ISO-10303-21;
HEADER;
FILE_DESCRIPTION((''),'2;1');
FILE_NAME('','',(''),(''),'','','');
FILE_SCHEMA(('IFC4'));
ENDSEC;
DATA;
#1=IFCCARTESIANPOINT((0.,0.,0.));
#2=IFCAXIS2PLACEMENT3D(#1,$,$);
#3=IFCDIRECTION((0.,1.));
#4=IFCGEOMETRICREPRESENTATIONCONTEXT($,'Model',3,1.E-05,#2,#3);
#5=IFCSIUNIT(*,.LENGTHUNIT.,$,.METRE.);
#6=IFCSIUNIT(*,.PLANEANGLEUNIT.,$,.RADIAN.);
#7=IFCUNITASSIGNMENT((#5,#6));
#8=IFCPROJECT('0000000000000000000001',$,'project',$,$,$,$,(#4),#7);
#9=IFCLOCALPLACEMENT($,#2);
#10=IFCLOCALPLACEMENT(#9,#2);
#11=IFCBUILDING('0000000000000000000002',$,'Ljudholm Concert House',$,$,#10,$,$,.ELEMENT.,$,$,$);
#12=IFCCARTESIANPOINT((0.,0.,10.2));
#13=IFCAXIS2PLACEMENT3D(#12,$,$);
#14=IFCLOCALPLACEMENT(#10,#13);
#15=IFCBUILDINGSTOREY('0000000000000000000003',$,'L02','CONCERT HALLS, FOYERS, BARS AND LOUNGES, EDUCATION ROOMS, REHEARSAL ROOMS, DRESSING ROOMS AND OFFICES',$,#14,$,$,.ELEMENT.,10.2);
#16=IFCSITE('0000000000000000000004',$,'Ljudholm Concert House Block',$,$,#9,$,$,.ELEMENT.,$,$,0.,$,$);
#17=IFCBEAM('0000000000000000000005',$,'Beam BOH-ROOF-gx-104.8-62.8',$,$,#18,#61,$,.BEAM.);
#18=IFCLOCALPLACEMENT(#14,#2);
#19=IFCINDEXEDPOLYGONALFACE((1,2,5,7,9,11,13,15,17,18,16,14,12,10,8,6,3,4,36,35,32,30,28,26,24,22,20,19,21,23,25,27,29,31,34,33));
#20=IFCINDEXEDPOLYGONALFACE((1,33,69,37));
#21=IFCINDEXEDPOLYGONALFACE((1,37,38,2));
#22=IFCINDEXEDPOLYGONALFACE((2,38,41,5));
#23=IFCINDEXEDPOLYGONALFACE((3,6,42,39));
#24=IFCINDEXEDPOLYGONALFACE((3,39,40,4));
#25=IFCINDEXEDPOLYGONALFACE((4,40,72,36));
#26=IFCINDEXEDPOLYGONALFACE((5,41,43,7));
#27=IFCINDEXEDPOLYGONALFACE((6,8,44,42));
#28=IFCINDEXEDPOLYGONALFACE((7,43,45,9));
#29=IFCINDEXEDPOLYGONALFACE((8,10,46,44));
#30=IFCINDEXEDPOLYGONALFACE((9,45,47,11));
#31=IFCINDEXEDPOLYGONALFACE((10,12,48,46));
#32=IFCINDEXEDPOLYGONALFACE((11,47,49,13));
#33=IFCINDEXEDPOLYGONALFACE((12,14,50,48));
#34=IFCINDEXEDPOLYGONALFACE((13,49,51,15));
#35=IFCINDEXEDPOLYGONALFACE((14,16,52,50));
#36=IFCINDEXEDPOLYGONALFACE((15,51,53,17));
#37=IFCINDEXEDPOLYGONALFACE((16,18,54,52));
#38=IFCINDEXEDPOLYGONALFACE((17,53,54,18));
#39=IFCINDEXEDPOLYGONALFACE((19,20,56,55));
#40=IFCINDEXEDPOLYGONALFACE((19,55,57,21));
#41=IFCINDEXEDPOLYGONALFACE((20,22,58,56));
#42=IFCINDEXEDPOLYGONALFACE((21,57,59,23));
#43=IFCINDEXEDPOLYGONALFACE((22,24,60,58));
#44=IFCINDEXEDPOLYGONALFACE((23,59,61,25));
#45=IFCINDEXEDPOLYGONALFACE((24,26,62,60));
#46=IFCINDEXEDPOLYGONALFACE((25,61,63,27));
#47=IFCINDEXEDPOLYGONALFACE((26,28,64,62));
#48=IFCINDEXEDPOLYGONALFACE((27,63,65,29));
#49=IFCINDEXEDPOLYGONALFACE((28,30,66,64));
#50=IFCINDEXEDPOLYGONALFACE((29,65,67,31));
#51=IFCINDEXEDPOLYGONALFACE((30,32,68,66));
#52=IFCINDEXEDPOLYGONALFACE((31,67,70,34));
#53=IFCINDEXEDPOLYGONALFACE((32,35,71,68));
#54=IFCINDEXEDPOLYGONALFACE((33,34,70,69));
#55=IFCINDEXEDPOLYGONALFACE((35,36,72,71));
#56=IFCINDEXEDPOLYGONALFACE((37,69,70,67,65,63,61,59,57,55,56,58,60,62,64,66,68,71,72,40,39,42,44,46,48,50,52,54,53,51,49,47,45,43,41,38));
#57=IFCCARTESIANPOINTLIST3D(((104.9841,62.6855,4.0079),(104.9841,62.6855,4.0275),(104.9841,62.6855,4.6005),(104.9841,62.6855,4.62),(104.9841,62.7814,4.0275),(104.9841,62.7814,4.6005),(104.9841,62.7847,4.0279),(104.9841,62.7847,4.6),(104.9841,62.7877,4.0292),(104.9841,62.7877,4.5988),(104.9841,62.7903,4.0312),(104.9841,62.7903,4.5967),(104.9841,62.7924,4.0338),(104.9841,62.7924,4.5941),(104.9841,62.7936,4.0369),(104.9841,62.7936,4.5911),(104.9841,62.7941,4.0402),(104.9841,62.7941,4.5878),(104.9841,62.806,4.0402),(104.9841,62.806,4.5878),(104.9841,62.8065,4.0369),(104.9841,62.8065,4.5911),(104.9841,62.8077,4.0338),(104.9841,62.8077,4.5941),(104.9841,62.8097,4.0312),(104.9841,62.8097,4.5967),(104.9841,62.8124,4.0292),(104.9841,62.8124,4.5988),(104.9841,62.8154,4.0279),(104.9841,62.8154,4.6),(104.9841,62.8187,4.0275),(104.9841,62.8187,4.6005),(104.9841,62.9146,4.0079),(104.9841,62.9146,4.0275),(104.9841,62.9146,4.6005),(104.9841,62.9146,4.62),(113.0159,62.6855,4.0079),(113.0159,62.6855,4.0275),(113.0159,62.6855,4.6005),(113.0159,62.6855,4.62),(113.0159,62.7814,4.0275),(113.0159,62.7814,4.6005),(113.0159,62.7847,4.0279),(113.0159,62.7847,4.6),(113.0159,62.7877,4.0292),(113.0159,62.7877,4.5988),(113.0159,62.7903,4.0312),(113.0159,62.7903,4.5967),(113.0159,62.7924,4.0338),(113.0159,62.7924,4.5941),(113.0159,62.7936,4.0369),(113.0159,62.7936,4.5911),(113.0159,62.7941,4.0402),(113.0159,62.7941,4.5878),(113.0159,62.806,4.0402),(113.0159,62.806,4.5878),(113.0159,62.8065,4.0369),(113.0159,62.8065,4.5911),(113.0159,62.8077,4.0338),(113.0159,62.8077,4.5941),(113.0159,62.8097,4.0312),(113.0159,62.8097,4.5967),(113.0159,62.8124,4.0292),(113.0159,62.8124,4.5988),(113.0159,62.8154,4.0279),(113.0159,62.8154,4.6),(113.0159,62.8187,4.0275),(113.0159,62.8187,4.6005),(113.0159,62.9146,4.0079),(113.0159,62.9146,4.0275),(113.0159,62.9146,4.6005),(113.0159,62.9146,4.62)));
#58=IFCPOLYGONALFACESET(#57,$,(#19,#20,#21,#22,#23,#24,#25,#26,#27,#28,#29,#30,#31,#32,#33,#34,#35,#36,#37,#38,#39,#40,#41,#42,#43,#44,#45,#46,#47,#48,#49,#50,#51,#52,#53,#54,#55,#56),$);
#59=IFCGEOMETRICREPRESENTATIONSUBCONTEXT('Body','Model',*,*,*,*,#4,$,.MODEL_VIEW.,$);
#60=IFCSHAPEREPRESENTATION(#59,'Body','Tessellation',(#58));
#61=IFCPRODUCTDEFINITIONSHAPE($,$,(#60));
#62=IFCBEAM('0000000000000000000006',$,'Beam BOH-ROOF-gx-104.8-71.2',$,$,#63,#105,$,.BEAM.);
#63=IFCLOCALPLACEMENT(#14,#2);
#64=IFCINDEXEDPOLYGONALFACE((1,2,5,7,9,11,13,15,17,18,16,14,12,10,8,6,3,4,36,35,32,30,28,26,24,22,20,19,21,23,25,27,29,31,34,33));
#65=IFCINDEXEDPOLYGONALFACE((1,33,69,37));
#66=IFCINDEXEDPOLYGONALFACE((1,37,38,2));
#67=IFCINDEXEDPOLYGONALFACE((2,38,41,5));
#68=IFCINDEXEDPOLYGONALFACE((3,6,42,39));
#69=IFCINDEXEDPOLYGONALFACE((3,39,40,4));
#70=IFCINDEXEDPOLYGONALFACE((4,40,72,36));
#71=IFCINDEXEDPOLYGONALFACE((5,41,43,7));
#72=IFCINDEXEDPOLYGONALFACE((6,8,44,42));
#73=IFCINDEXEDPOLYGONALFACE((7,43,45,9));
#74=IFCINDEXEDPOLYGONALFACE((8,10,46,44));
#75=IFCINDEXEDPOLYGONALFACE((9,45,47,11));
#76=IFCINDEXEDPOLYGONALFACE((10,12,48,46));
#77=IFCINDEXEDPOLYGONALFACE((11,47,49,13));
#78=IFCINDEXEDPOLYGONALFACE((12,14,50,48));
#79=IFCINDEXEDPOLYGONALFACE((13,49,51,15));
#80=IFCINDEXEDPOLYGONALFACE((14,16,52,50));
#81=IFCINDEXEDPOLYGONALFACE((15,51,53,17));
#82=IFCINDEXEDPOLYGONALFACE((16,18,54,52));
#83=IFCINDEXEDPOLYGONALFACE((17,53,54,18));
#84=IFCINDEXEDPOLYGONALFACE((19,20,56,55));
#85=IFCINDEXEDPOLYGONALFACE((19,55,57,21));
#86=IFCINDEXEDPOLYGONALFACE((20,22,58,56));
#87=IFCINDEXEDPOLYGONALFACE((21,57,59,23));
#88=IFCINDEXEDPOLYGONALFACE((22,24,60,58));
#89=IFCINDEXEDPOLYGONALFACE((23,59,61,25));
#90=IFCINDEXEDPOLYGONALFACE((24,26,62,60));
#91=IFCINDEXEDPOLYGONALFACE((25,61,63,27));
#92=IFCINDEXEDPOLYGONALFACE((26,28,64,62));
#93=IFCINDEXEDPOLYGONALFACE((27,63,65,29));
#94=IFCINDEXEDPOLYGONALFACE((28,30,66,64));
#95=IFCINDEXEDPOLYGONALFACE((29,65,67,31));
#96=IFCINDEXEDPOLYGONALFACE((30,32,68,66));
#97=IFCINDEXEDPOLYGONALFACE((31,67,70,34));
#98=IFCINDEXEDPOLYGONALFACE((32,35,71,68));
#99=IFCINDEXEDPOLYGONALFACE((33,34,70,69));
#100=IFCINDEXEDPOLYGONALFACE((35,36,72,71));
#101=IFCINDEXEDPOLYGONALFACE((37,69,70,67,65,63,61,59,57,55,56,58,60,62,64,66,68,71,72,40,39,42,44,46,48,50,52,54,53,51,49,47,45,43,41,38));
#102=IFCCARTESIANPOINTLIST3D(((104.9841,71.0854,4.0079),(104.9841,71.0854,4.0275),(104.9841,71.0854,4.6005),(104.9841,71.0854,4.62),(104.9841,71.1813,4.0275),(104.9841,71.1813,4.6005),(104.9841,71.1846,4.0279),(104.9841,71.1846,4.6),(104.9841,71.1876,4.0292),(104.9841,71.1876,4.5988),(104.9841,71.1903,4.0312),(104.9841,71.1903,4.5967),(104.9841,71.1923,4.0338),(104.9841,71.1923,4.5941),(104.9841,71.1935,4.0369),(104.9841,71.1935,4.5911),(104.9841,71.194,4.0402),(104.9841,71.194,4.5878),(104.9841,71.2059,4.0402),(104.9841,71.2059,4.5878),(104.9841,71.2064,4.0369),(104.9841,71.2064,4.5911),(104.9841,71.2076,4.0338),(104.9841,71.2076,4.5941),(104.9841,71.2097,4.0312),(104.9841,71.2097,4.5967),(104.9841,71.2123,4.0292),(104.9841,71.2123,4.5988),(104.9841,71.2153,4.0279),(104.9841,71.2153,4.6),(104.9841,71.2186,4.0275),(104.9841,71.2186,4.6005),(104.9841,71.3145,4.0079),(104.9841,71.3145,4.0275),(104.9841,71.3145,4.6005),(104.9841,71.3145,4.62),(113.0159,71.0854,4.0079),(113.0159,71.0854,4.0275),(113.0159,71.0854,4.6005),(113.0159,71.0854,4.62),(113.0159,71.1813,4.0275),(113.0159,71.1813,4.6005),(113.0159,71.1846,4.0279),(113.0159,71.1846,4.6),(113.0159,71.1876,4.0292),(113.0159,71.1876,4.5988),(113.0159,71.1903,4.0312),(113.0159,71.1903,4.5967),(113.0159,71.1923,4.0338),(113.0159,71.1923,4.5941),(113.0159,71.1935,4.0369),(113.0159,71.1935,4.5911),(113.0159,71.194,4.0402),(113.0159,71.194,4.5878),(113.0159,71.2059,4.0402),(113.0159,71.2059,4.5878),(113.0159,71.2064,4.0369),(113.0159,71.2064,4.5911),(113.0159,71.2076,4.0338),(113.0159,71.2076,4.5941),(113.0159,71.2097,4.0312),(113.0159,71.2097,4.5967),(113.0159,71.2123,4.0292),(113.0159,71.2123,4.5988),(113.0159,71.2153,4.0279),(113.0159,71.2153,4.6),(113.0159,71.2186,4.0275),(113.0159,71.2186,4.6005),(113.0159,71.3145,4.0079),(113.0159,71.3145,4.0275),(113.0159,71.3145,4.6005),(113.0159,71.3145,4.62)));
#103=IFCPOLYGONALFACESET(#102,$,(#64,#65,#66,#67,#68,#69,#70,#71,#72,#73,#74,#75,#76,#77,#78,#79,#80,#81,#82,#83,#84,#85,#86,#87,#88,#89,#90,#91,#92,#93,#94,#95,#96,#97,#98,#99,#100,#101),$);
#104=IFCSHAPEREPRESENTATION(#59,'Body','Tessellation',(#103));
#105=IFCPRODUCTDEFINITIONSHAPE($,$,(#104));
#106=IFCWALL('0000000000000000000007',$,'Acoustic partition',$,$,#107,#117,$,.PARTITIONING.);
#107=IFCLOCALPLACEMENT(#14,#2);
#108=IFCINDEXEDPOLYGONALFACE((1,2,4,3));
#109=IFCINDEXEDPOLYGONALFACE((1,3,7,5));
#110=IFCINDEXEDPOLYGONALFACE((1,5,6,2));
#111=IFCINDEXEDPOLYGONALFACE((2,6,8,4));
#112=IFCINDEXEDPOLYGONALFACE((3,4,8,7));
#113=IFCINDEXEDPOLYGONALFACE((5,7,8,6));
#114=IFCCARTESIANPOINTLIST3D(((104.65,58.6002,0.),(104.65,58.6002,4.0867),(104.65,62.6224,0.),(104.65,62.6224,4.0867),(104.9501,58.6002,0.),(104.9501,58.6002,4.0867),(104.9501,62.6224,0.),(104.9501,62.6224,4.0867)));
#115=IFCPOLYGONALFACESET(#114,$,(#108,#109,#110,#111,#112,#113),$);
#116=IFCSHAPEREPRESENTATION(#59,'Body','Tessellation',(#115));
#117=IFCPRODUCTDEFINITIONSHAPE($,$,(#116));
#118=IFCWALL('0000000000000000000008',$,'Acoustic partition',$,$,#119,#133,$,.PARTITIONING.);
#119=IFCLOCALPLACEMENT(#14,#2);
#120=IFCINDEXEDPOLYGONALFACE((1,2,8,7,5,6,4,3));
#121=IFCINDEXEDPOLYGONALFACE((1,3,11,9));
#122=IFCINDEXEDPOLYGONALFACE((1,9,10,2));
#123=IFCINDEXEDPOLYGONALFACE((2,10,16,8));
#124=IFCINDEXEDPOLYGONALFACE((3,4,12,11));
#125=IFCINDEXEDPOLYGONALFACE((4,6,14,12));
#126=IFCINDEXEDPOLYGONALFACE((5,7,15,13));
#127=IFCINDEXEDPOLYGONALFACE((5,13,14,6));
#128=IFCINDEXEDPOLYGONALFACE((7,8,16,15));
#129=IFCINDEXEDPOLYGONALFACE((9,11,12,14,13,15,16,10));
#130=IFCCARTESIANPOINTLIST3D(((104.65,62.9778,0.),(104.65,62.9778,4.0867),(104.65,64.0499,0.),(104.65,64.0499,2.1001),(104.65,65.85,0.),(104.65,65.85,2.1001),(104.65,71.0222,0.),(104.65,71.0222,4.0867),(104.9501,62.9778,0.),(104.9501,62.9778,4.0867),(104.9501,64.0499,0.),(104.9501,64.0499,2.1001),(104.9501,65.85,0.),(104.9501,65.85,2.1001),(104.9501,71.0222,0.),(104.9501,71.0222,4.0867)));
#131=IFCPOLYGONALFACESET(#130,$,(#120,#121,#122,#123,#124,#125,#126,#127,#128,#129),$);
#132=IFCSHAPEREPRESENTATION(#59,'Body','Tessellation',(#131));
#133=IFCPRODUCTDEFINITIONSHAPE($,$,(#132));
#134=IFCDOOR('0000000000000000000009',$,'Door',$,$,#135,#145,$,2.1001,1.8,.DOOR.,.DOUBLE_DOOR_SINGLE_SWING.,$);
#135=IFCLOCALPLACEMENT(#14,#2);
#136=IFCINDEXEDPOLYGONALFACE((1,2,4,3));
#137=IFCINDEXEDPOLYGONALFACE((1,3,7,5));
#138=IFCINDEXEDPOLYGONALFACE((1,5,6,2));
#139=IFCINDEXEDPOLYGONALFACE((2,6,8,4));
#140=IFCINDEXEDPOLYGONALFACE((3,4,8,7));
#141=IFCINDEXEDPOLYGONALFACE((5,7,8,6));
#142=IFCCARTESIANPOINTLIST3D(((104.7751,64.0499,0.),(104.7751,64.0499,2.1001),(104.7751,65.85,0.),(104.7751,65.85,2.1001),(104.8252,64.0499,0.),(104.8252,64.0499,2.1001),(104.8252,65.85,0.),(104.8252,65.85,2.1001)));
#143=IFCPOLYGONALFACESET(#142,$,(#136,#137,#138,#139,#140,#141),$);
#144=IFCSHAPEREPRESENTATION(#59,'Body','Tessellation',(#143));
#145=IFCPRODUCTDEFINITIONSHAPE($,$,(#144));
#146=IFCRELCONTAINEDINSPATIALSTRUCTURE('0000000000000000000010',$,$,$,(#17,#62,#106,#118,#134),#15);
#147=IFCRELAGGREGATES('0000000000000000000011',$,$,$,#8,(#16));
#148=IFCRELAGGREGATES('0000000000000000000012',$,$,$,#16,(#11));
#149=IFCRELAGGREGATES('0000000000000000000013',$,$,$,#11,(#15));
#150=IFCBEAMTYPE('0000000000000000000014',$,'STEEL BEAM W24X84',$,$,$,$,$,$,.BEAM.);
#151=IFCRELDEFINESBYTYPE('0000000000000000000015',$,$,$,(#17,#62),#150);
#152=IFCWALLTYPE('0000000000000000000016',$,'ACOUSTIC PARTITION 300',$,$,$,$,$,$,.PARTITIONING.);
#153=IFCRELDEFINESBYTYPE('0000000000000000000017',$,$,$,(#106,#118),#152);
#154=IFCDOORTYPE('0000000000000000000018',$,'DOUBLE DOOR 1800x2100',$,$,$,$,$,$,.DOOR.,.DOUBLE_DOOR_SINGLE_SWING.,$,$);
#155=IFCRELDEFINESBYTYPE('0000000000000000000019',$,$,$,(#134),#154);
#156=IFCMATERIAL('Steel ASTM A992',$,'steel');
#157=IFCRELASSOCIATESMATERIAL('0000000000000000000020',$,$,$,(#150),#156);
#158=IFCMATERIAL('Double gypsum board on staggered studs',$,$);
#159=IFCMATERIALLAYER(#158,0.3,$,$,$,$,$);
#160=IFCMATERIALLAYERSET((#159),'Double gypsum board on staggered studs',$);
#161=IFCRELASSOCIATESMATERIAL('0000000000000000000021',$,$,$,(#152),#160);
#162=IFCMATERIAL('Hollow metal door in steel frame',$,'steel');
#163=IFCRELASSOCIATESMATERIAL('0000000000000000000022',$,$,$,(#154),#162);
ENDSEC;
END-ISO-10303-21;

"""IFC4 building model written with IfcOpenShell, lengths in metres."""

from ifc_helpers import new_model, si_unit, direction, frame, frame_2d, origin, origin_2d, place, context, subcontext, project, spatial, rectangle, i_section, extrude, material, layer, layer_set, material_profile, profile_set, type_object, element, fill, save


model = new_model("IFC4")

# Units and contexts
model_context = context("Model", 3, precision=1e-05, world=origin(), true_north=direction((0.0, 1.0)))
body_context = subcontext(model_context, "Body", "Model", "MODEL_VIEW")
ifc_project = project(units=[si_unit("LENGTHUNIT", "METRE"), si_unit("PLANEANGLEUNIT", "RADIAN")], contexts=[model_context])

# Site, building, storey
site_placement = place(None, origin())
site = spatial("IfcSite", under=ifc_project, at=site_placement, Name="Ljudholm Concert House Block", CompositionType="ELEMENT", RefElevation=0.0)
building_placement = place(site_placement, origin())
building = spatial("IfcBuilding", under=site, at=building_placement, Name="Ljudholm Concert House", CompositionType="ELEMENT")
storey_placement = place(building_placement, frame((0.0, 0.0, 10.2)))
storey = spatial("IfcBuildingStorey", under=building, at=storey_placement, Name="L02", Description="CONCERT HALLS, FOYERS, BARS AND LOUNGES, EDUCATION ROOMS, REHEARSAL ROOMS, DRESSING ROOMS AND OFFICES", CompositionType="ELEMENT", Elevation=10.2)

# Beams
ifc_material_1 = material(Name="Steel ASTM A992", Category="steel")
ifc_material_profile_1 = material_profile(ifc_material_1, i_section(OverallWidth=0.229, OverallDepth=0.6121, WebThickness=0.012, FlangeThickness=0.0195, FilletRadius=0.0127, at=origin_2d()), Name="W24X84")
ifc_profile_set_1 = profile_set([ifc_material_profile_1], Name="Steel ASTM A992")
beam_type_1 = type_object("IfcBeamType", Name="STEEL BEAM W24X84", PredefinedType="BEAM", material=ifc_profile_set_1)
for number, where, z_axis, x_axis, name in (
    (1, (104.9841, 62.8, 4.314), (1.0, 0.0, 0.0), (0.0, 1.0, 0.0), "Beam BOH-ROOF-gx-104.8-62.8"),
    (2, (104.9841, 71.2, 4.314), (1.0, 0.0, 0.0), (0.0, 1.0, 0.0), "Beam BOH-ROOF-gx-104.8-71.2"),
):
    element("IfcBeam", number, at=place(storey_placement, frame(where, z_axis=z_axis, x_axis=x_axis)), inside=storey, type_object=beam_type_1, Name=name, PredefinedType="BEAM", context=body_context, shape_type="SweptSolid", body=[
        extrude(i_section(OverallWidth=0.229, OverallDepth=0.6121, WebThickness=0.012, FlangeThickness=0.0195, FilletRadius=0.0127, at=origin_2d()), origin(), (0.0, 0.0, 1.0), 8.0317),
    ])

# Wall
ifc_material_2 = material(Name="Double gypsum board on staggered studs")
ifc_layer_1 = layer(ifc_material_2, 0.3)
ifc_layer_set_1 = layer_set([ifc_layer_1], Name="Double gypsum board on staggered studs")
wall_type_1 = type_object("IfcWallType", Name="ACOUSTIC PARTITION 300", PredefinedType="PARTITIONING", material=ifc_layer_set_1)
wall_1_placement = place(storey_placement, frame((104.8, 58.6001, 0.0), z_axis=(0.0, 0.0, 1.0), x_axis=(0.0, 1.0, 0.0)))
element("IfcWall", 3, at=wall_1_placement, inside=storey, type_object=wall_type_1, Name="Acoustic partition", PredefinedType="PARTITIONING", context=body_context, shape_type="SweptSolid", body=[
    extrude(rectangle(XDim=4.0222, YDim=0.3, at=frame_2d((2.0112, 0.0))), origin(), (0.0, 0.0, 1.0), 4.0867),
])

# Wall, opening, door
wall_2_placement = place(storey_placement, frame((104.8, 62.9778, 0.0), z_axis=(0.0, 0.0, 1.0), x_axis=(0.0, 1.0, 0.0)))
wall_2 = element("IfcWall", 4, at=wall_2_placement, inside=storey, type_object=wall_type_1, Name="Acoustic partition", PredefinedType="PARTITIONING", context=body_context, shape_type="SweptSolid", body=[
    extrude(rectangle(XDim=8.0444, YDim=0.3, at=frame_2d((4.0222, 0.0))), origin(), (0.0, 0.0, 1.0), 4.0867),
])
opening_1_placement = place(wall_2_placement, frame((1.0723, 0.0, 0.0)))
opening_1 = element("IfcOpeningElement", 5, at=opening_1_placement, cuts=wall_2, PredefinedType="OPENING", context=body_context, shape_type="SweptSolid", body=[
    extrude(rectangle(XDim=1.8, YDim=2.1001, at=frame_2d((0.8999, 1.05))), frame((0.0, 0.1599, 0.0), z_axis=(0.0, -1.0, 0.0), x_axis=(1.0, 0.0, 0.0)), (0.0, 0.0, 1.0), 0.3201),
])
ifc_material_3 = material(Name="Hollow metal door in steel frame", Category="steel")
door_type_1 = type_object("IfcDoorType", Name="DOUBLE DOOR 1800x2100", OperationType="DOUBLE_DOOR_SINGLE_SWING", PredefinedType="DOOR", material=ifc_material_3)
door_1_placement = place(opening_1_placement, origin())
door_1 = element("IfcDoor", 6, at=door_1_placement, inside=storey, type_object=door_type_1, Name="Door", OperationType="DOUBLE_DOOR_SINGLE_SWING", OverallHeight=2.1001, OverallWidth=1.8, PredefinedType="DOOR", context=body_context, shape_type="SweptSolid", body=[
    extrude(rectangle(XDim=1.8, YDim=2.1001, at=frame_2d((0.8999, 1.05))), frame((0.0, 0.0249, 0.0), z_axis=(0.0, -1.0, 0.0), x_axis=(1.0, 0.0, 0.0)), (0.0, 0.0, 1.0), 0.05),
])
fill(opening_1, door_1)

save(model, "model.ifc")
